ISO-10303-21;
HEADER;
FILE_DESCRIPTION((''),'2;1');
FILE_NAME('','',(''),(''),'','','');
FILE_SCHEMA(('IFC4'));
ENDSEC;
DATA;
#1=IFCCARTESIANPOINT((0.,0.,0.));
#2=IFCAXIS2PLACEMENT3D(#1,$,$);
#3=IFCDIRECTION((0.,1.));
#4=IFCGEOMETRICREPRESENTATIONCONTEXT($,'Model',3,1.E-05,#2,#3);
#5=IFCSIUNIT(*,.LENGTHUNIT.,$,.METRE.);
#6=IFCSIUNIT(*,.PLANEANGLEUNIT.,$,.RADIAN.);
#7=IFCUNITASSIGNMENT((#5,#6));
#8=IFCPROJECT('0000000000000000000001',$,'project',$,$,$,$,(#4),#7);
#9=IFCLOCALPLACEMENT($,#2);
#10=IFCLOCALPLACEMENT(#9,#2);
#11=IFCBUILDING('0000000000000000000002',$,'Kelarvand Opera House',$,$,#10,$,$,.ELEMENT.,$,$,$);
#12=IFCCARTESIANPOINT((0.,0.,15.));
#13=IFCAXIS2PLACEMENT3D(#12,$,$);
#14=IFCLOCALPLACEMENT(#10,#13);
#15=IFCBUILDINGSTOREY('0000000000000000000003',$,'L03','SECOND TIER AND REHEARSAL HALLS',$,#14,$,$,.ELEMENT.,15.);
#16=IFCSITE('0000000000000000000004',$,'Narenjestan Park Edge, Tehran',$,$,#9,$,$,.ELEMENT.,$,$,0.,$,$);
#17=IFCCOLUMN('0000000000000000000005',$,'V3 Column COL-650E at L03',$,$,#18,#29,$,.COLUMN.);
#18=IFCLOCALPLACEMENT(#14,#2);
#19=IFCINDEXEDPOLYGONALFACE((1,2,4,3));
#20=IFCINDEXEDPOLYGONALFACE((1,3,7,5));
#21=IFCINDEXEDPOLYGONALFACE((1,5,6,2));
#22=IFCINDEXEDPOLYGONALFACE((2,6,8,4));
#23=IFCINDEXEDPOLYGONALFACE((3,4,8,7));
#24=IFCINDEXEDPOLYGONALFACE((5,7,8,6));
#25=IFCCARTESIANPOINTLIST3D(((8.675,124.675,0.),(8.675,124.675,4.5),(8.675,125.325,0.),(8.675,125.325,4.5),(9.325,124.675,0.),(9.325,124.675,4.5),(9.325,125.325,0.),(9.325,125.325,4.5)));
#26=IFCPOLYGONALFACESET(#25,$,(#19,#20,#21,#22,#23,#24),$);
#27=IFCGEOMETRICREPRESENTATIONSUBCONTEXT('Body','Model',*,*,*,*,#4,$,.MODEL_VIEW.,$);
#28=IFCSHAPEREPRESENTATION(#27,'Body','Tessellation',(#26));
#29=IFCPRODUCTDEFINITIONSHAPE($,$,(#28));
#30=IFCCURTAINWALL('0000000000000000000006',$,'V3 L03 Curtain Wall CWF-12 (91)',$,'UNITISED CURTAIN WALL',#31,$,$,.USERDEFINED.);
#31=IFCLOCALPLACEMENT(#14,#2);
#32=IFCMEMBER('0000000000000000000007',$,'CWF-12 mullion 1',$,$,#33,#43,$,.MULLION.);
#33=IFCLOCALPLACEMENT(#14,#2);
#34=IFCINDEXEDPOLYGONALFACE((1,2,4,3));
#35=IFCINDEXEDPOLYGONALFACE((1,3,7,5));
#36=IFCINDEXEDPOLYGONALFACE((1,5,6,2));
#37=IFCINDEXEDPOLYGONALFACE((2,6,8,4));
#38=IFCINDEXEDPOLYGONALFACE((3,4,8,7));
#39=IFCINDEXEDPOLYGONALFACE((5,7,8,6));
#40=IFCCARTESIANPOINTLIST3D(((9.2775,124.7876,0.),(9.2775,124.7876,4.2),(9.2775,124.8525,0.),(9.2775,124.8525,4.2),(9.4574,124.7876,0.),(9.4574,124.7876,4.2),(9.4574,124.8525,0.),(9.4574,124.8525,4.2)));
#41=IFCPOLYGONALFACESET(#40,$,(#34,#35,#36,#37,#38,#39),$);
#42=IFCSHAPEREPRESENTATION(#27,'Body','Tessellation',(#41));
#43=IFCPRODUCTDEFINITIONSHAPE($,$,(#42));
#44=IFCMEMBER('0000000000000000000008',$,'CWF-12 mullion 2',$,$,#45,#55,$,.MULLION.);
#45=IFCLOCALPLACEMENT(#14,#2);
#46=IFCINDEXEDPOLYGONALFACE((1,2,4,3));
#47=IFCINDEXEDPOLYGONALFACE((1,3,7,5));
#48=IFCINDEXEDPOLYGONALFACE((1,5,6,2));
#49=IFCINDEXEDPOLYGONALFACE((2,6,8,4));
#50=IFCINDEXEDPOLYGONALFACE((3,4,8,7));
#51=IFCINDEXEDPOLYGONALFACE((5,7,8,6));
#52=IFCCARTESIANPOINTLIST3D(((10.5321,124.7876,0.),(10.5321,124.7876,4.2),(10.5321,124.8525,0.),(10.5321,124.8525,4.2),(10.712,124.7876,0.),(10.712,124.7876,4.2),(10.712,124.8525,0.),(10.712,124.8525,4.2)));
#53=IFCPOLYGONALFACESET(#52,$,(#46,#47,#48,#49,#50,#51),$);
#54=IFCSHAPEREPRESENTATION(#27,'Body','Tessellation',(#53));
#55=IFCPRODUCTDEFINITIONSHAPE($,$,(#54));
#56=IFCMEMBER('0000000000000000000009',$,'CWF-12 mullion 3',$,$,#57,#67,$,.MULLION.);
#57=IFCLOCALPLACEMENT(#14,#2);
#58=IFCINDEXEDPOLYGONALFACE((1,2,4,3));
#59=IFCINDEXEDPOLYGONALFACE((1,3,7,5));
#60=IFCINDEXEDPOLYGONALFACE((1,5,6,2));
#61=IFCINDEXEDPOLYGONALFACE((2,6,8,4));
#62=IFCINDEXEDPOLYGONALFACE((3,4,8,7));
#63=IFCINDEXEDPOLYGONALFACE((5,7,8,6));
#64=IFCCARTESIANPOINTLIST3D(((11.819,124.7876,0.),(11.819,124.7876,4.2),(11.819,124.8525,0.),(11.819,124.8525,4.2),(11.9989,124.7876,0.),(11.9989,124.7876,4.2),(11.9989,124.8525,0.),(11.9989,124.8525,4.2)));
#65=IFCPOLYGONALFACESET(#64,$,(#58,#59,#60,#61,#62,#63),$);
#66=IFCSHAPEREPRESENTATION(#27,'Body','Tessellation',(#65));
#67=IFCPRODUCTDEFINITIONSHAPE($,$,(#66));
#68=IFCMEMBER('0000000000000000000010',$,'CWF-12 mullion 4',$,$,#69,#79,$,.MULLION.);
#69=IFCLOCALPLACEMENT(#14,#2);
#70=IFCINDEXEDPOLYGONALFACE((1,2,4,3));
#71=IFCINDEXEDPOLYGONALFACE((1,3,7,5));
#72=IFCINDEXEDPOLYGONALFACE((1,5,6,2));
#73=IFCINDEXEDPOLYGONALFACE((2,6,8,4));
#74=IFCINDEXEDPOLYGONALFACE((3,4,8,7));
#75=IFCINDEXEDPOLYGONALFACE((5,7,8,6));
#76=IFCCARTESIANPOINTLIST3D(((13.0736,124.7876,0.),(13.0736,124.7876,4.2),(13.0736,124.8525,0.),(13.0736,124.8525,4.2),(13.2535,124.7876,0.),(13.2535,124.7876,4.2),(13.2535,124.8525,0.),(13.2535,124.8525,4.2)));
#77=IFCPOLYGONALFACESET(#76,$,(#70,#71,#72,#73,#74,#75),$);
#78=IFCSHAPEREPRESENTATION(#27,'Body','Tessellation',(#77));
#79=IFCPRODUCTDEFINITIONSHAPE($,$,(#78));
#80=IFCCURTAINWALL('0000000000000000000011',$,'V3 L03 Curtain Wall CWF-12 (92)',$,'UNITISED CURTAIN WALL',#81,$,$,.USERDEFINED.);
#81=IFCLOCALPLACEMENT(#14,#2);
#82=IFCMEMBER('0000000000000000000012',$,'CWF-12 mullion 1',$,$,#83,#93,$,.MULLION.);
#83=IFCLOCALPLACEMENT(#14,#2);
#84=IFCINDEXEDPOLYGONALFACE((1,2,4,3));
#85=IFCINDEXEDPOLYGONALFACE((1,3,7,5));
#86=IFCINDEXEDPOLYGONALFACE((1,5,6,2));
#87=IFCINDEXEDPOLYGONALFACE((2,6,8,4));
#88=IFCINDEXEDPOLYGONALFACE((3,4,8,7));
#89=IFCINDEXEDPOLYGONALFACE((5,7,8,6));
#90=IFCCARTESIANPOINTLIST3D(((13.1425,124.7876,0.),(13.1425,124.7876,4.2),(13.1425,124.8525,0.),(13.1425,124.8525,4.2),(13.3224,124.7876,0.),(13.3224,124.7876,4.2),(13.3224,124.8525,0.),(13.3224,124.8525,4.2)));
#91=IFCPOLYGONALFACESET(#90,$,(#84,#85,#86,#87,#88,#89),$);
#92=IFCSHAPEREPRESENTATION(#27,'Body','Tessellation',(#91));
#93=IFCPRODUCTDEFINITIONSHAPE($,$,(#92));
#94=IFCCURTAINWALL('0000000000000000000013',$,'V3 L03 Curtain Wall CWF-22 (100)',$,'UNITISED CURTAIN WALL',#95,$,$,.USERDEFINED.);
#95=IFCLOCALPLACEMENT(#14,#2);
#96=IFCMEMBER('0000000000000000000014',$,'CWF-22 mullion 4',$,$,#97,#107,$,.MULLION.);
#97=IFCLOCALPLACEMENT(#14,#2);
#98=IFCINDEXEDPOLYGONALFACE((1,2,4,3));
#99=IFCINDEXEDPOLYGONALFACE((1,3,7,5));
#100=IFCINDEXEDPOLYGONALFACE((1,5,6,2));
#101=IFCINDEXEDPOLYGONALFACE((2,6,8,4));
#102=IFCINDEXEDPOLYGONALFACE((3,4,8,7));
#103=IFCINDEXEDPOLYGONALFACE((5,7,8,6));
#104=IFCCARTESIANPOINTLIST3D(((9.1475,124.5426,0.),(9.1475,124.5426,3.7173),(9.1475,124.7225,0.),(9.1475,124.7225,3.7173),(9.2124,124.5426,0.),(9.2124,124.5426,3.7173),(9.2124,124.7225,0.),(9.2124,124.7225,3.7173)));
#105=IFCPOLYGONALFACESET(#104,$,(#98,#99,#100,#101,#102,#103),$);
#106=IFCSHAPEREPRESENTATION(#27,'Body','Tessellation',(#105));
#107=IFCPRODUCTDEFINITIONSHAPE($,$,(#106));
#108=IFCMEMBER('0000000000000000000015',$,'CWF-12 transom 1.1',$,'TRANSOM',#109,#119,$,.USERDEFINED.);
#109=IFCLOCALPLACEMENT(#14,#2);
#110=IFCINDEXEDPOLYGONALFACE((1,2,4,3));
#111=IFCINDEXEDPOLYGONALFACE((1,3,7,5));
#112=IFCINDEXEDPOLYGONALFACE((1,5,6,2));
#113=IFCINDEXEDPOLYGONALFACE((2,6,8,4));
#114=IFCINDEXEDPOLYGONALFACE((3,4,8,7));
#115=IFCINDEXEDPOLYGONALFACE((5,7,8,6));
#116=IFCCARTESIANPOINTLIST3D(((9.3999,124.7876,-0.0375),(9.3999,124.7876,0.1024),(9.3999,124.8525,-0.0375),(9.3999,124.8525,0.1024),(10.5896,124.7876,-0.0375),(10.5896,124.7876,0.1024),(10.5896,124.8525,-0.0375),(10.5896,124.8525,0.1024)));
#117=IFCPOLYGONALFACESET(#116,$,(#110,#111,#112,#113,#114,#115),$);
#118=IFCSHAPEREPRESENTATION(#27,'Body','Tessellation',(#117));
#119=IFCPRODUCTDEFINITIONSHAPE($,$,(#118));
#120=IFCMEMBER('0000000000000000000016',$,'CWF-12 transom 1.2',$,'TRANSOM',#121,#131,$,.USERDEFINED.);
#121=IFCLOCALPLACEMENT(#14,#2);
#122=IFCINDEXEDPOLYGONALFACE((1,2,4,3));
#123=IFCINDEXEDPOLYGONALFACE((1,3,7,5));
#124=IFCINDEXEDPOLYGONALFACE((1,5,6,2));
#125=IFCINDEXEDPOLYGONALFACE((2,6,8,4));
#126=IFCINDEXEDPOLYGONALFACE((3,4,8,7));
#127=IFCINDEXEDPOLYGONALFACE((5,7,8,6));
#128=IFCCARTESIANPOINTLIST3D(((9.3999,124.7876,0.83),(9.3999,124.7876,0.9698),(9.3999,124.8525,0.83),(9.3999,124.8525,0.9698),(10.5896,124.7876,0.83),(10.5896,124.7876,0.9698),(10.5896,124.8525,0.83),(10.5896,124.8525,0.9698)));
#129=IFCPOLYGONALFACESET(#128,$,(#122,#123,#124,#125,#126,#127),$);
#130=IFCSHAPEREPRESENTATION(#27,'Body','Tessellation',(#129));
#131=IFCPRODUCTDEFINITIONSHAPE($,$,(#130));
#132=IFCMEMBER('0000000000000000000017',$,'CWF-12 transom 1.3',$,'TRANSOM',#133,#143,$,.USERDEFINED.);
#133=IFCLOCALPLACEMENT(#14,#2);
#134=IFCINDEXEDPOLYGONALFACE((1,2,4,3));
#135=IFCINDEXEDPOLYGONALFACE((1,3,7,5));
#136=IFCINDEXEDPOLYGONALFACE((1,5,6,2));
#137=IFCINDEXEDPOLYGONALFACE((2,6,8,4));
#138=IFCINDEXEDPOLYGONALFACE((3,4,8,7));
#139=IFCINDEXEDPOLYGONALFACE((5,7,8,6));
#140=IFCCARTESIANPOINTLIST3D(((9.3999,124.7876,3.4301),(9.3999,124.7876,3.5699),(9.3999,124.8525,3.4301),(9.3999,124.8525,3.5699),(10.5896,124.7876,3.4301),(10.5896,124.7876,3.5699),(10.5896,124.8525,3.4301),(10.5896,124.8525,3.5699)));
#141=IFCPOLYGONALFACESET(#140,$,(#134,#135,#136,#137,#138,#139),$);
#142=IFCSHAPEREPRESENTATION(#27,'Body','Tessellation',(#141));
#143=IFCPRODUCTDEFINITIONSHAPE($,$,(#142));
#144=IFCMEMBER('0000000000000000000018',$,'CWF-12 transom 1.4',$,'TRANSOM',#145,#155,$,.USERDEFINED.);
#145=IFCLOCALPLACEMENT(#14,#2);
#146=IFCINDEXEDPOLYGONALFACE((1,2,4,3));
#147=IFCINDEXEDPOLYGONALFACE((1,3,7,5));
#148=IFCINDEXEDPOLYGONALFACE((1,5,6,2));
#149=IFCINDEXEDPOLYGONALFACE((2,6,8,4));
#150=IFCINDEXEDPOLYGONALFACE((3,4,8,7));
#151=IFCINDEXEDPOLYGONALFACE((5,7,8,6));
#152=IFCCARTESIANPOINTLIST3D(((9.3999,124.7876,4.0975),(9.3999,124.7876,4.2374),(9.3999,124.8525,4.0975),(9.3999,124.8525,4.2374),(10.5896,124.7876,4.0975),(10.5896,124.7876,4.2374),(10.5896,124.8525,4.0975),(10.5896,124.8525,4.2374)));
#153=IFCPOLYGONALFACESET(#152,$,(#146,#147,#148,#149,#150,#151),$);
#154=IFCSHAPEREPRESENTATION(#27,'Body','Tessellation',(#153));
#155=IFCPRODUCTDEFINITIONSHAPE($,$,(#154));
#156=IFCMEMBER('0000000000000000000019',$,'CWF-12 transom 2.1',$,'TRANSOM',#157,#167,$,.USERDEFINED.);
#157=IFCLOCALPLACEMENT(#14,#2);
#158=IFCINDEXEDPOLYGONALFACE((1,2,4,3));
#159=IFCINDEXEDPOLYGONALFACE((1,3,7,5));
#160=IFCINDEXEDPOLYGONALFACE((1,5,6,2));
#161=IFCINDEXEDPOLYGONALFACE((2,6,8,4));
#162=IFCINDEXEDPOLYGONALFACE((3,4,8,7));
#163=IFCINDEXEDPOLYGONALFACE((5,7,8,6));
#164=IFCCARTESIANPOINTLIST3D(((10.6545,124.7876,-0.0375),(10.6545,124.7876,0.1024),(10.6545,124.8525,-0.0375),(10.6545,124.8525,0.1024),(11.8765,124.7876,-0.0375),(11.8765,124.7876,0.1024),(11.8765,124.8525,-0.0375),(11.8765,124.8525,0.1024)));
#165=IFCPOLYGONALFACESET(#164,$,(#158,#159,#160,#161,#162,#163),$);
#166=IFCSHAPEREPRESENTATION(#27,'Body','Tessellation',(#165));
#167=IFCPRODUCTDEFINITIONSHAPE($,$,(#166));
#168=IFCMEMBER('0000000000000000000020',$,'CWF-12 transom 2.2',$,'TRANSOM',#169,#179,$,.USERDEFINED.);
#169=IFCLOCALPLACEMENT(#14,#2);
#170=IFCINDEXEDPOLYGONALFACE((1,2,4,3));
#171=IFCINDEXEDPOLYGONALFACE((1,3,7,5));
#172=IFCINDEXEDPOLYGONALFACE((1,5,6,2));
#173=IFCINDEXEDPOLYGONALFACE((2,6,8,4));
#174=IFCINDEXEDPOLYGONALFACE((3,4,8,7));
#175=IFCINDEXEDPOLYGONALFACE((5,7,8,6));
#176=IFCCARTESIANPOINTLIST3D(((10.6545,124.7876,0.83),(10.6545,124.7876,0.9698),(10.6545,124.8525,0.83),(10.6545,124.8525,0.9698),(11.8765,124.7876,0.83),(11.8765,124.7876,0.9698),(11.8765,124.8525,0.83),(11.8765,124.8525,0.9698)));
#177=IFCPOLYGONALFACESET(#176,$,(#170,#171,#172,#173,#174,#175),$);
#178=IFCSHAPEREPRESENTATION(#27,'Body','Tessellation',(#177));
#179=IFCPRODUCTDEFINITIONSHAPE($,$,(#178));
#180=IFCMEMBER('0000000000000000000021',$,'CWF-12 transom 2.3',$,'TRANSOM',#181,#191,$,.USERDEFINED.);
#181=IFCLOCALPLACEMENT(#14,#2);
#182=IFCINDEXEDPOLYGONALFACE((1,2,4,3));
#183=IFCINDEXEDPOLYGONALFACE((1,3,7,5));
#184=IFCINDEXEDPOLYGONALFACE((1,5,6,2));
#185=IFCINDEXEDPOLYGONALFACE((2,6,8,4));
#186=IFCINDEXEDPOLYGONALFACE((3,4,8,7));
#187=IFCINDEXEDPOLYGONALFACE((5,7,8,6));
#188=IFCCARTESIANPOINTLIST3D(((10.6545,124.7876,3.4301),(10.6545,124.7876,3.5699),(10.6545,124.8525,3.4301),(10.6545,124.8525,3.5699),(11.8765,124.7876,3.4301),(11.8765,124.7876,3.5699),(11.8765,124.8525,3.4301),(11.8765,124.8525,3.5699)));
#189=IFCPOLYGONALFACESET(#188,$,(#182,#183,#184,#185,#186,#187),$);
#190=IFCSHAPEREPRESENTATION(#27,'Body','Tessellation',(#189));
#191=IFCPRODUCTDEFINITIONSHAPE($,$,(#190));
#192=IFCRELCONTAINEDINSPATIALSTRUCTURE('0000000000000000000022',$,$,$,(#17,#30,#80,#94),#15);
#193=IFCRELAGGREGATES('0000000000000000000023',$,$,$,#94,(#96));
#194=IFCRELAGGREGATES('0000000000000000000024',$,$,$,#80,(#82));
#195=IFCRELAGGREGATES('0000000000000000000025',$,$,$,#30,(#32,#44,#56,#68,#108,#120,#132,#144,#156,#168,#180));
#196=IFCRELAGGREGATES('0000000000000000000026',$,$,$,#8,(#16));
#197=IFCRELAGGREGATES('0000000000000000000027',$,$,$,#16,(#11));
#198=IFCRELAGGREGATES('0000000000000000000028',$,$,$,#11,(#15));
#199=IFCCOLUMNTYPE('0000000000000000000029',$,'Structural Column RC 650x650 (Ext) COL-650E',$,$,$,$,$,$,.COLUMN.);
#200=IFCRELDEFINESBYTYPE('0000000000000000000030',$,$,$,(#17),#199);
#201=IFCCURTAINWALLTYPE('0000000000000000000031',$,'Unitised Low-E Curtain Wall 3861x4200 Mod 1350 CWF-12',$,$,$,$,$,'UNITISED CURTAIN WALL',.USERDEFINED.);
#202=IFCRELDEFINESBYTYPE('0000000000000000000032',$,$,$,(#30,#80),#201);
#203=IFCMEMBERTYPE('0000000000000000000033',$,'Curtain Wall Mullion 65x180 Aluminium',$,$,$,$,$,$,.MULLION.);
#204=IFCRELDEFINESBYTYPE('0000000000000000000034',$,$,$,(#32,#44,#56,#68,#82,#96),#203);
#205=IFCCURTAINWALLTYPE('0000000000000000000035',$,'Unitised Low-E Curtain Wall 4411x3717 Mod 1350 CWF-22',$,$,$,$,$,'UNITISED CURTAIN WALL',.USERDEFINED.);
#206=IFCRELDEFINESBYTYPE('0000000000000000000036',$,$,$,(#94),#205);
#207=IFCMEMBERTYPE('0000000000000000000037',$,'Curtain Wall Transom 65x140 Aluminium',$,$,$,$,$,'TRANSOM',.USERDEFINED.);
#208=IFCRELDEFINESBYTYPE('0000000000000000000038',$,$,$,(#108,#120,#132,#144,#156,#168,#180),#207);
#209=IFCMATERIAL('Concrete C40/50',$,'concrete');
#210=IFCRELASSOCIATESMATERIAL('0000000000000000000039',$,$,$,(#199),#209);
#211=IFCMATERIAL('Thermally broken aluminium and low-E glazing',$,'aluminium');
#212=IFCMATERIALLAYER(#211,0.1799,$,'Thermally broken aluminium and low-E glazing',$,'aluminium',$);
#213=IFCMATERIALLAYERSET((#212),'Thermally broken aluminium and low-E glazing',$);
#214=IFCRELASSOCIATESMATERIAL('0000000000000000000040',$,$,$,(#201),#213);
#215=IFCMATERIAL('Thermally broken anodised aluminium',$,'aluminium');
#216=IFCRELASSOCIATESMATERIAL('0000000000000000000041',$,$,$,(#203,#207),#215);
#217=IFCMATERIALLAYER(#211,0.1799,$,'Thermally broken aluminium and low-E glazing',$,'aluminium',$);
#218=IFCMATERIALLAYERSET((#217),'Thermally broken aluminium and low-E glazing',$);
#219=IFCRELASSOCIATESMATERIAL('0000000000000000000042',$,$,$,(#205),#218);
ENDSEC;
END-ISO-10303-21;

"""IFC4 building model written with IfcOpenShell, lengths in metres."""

from ifc_helpers import new_model, si_unit, direction, frame, origin, origin_2d, place, context, subcontext, project, spatial, rectangle, extrude, material, layer, layer_set, material_profile, profile_set, type_object, element, aggregate, save


model = new_model("IFC4")

# Units and contexts
model_context = context("Model", 3, precision=1e-05, world=origin(), true_north=direction((0.0, 1.0)))
body_context = subcontext(model_context, "Body", "Model", "MODEL_VIEW")
ifc_project = project(units=[si_unit("LENGTHUNIT", "METRE"), si_unit("PLANEANGLEUNIT", "RADIAN")], contexts=[model_context])

# Site, building, storey
site_placement = place(None, origin())
site = spatial("IfcSite", under=ifc_project, at=site_placement, Name="Narenjestan Park Edge, Tehran", CompositionType="ELEMENT", RefElevation=0.0)
building_placement = place(site_placement, origin())
building = spatial("IfcBuilding", under=site, at=building_placement, Name="Kelarvand Opera House", CompositionType="ELEMENT")
storey_placement = place(building_placement, frame((0.0, 0.0, 15.0)))
storey = spatial("IfcBuildingStorey", under=building, at=storey_placement, Name="L03", Description="SECOND TIER AND REHEARSAL HALLS", CompositionType="ELEMENT", Elevation=15.0)

# Column
ifc_material_1 = material(Name="Concrete C40/50", Category="concrete")
ifc_material_profile_1 = material_profile(ifc_material_1, rectangle(XDim=0.6499, YDim=0.6499, at=origin_2d()), Name="RC 650x650", Category="concrete")
ifc_profile_set_1 = profile_set([ifc_material_profile_1], Name="Concrete C40/50")
column_type = type_object("IfcColumnType", Name="Structural Column RC 650x650 (Ext) COL-650E", PredefinedType="COLUMN", material=ifc_profile_set_1)
column_placement = place(storey_placement, frame((9.0, 125.0, 0.0), z_axis=(0.0, 0.0, 1.0), x_axis=(1.0, 0.0, 0.0)))
element("IfcColumn", 1, at=column_placement, inside=storey, type_object=column_type, Name="V3 Column COL-650E at L03", PredefinedType="COLUMN", context=body_context, shape_type="SweptSolid", body=[
    extrude(rectangle(XDim=0.6499, YDim=0.6499, at=origin_2d()), origin(), (0.0, 0.0, 1.0), 4.5),
])

# Curtain wall, members
ifc_material_2 = material(Name="Thermally broken aluminium and low-E glazing", Category="aluminium")
ifc_layer_1 = layer(ifc_material_2, 0.1799, Name="Thermally broken aluminium and low-E glazing", Category="aluminium")
ifc_layer_set_1 = layer_set([ifc_layer_1], Name="Thermally broken aluminium and low-E glazing")
curtain_wall_type_1 = type_object("IfcCurtainWallType", Name="Unitised Low-E Curtain Wall 3861x4200 Mod 1350 CWF-12", ElementType="UNITISED CURTAIN WALL", PredefinedType="USERDEFINED", material=ifc_layer_set_1)
curtain_wall_1_placement = place(storey_placement, origin())
curtain_wall_1 = element("IfcCurtainWall", 2, at=curtain_wall_1_placement, inside=storey, type_object=curtain_wall_type_1, Name="V3 L03 Curtain Wall CWF-12 (91)", ObjectType="UNITISED CURTAIN WALL", PredefinedType="USERDEFINED")
ifc_material_3 = material(Name="Thermally broken anodised aluminium", Category="aluminium")
ifc_material_profile_2 = material_profile(ifc_material_3, rectangle(XDim=0.0649, YDim=0.1799, at=origin_2d()), Name="ALU MULLION 65x180", Category="aluminium")
ifc_profile_set_2 = profile_set([ifc_material_profile_2], Name="Thermally broken anodised aluminium")
member_type_1 = type_object("IfcMemberType", Name="Curtain Wall Mullion 65x180 Aluminium", PredefinedType="MULLION", material=ifc_profile_set_2)
member_1_placement = place(storey_placement, frame((9.3674, 124.8201, 0.0), z_axis=(0.0, 0.0, 1.0), x_axis=(0.0, 1.0, 0.0)))
member_1 = element("IfcMember", 3, at=member_1_placement, type_object=member_type_1, Name="CWF-12 mullion 1", PredefinedType="MULLION", context=body_context, shape_type="SweptSolid", body=[
    extrude(rectangle(XDim=0.0649, YDim=0.1799, at=origin_2d()), origin(), (0.0, 0.0, 1.0), 4.2),
])
member_2_placement = place(storey_placement, frame((10.6221, 124.8201, 0.0), z_axis=(0.0, 0.0, 1.0), x_axis=(0.0, 1.0, 0.0)))
member_2 = element("IfcMember", 4, at=member_2_placement, type_object=member_type_1, Name="CWF-12 mullion 2", PredefinedType="MULLION", context=body_context, shape_type="SweptSolid", body=[
    extrude(rectangle(XDim=0.0649, YDim=0.1799, at=origin_2d()), origin(), (0.0, 0.0, 1.0), 4.2),
])
member_3_placement = place(storey_placement, frame((11.9089, 124.8201, 0.0), z_axis=(0.0, 0.0, 1.0), x_axis=(0.0, 1.0, 0.0)))
member_3 = element("IfcMember", 5, at=member_3_placement, type_object=member_type_1, Name="CWF-12 mullion 3", PredefinedType="MULLION", context=body_context, shape_type="SweptSolid", body=[
    extrude(rectangle(XDim=0.0649, YDim=0.1799, at=origin_2d()), origin(), (0.0, 0.0, 1.0), 4.2),
])
member_4_placement = place(storey_placement, frame((13.1636, 124.8201, 0.0), z_axis=(0.0, 0.0, 1.0), x_axis=(0.0, 1.0, 0.0)))
member_4 = element("IfcMember", 6, at=member_4_placement, type_object=member_type_1, Name="CWF-12 mullion 4", PredefinedType="MULLION", context=body_context, shape_type="SweptSolid", body=[
    extrude(rectangle(XDim=0.0649, YDim=0.1799, at=origin_2d()), origin(), (0.0, 0.0, 1.0), 4.2),
])

# Curtain walls, members
curtain_wall_2_placement = place(storey_placement, origin())
curtain_wall_2 = element("IfcCurtainWall", 7, at=curtain_wall_2_placement, inside=storey, type_object=curtain_wall_type_1, Name="V3 L03 Curtain Wall CWF-12 (92)", ObjectType="UNITISED CURTAIN WALL", PredefinedType="USERDEFINED")
member_5_placement = place(storey_placement, frame((13.2324, 124.8201, 0.0), z_axis=(0.0, 0.0, 1.0), x_axis=(0.0, 1.0, 0.0)))
member_5 = element("IfcMember", 8, at=member_5_placement, type_object=member_type_1, Name="CWF-12 mullion 1", PredefinedType="MULLION", context=body_context, shape_type="SweptSolid", body=[
    extrude(rectangle(XDim=0.0649, YDim=0.1799, at=origin_2d()), origin(), (0.0, 0.0, 1.0), 4.2),
])
ifc_layer_2 = layer(ifc_material_2, 0.1799, Name="Thermally broken aluminium and low-E glazing", Category="aluminium")
ifc_layer_set_2 = layer_set([ifc_layer_2], Name="Thermally broken aluminium and low-E glazing")
curtain_wall_type_2 = type_object("IfcCurtainWallType", Name="Unitised Low-E Curtain Wall 4411x3717 Mod 1350 CWF-22", ElementType="UNITISED CURTAIN WALL", PredefinedType="USERDEFINED", material=ifc_layer_set_2)
curtain_wall_3_placement = place(storey_placement, origin())
curtain_wall_3 = element("IfcCurtainWall", 9, at=curtain_wall_3_placement, inside=storey, type_object=curtain_wall_type_2, Name="V3 L03 Curtain Wall CWF-22 (100)", ObjectType="UNITISED CURTAIN WALL", PredefinedType="USERDEFINED")
member_6_placement = place(storey_placement, frame((9.1799, 124.6326, 0.0), z_axis=(0.0, 0.0, 1.0), x_axis=(-1.0, 0.0, 0.0)))
member_6 = element("IfcMember", 10, at=member_6_placement, type_object=member_type_1, Name="CWF-22 mullion 4", PredefinedType="MULLION", context=body_context, shape_type="SweptSolid", body=[
    extrude(rectangle(XDim=0.0649, YDim=0.1799, at=origin_2d()), origin(), (0.0, 0.0, 1.0), 3.7173),
])
aggregate(curtain_wall_3, [member_6])

# Members
ifc_material_profile_3 = material_profile(ifc_material_3, rectangle(XDim=0.0649, YDim=0.1399, at=origin_2d()), Name="ALU TRANSOM 65x140", Category="aluminium")
ifc_profile_set_3 = profile_set([ifc_material_profile_3], Name="Thermally broken anodised aluminium")
member_type_2 = type_object("IfcMemberType", Name="Curtain Wall Transom 65x140 Aluminium", ElementType="TRANSOM", PredefinedType="USERDEFINED", material=ifc_profile_set_3)
member_7_placement = place(storey_placement, frame((9.3999, 124.8201, 0.0325), z_axis=(1.0, 0.0, 0.0), x_axis=(0.0, 1.0, 0.0)))
member_7 = element("IfcMember", 11, at=member_7_placement, type_object=member_type_2, Name="CWF-12 transom 1.1", ObjectType="TRANSOM", PredefinedType="USERDEFINED", context=body_context, shape_type="SweptSolid", body=[
    extrude(rectangle(XDim=0.0649, YDim=0.1399, at=origin_2d()), origin(), (0.0, 0.0, 1.0), 1.1897),
])
member_8_placement = place(storey_placement, frame((9.3999, 124.8201, 0.8999), z_axis=(1.0, 0.0, 0.0), x_axis=(0.0, 1.0, 0.0)))
member_8 = element("IfcMember", 12, at=member_8_placement, type_object=member_type_2, Name="CWF-12 transom 1.2", ObjectType="TRANSOM", PredefinedType="USERDEFINED", context=body_context, shape_type="SweptSolid", body=[
    extrude(rectangle(XDim=0.0649, YDim=0.1399, at=origin_2d()), origin(), (0.0, 0.0, 1.0), 1.1897),
])
member_9_placement = place(storey_placement, frame((9.3999, 124.8201, 3.5), z_axis=(1.0, 0.0, 0.0), x_axis=(0.0, 1.0, 0.0)))
member_9 = element("IfcMember", 13, at=member_9_placement, type_object=member_type_2, Name="CWF-12 transom 1.3", ObjectType="TRANSOM", PredefinedType="USERDEFINED", context=body_context, shape_type="SweptSolid", body=[
    extrude(rectangle(XDim=0.0649, YDim=0.1399, at=origin_2d()), origin(), (0.0, 0.0, 1.0), 1.1897),
])
member_10_placement = place(storey_placement, frame((9.3999, 124.8201, 4.1675), z_axis=(1.0, 0.0, 0.0), x_axis=(0.0, 1.0, 0.0)))
member_10 = element("IfcMember", 14, at=member_10_placement, type_object=member_type_2, Name="CWF-12 transom 1.4", ObjectType="TRANSOM", PredefinedType="USERDEFINED", context=body_context, shape_type="SweptSolid", body=[
    extrude(rectangle(XDim=0.0649, YDim=0.1399, at=origin_2d()), origin(), (0.0, 0.0, 1.0), 1.1897),
])
member_11_placement = place(storey_placement, frame((10.6545, 124.8201, 0.0325), z_axis=(1.0, 0.0, 0.0), x_axis=(0.0, 1.0, 0.0)))
member_11 = element("IfcMember", 15, at=member_11_placement, type_object=member_type_2, Name="CWF-12 transom 2.1", ObjectType="TRANSOM", PredefinedType="USERDEFINED", context=body_context, shape_type="SweptSolid", body=[
    extrude(rectangle(XDim=0.0649, YDim=0.1399, at=origin_2d()), origin(), (0.0, 0.0, 1.0), 1.2219),
])
member_12_placement = place(storey_placement, frame((10.6545, 124.8201, 0.8999), z_axis=(1.0, 0.0, 0.0), x_axis=(0.0, 1.0, 0.0)))
member_12 = element("IfcMember", 16, at=member_12_placement, type_object=member_type_2, Name="CWF-12 transom 2.2", ObjectType="TRANSOM", PredefinedType="USERDEFINED", context=body_context, shape_type="SweptSolid", body=[
    extrude(rectangle(XDim=0.0649, YDim=0.1399, at=origin_2d()), origin(), (0.0, 0.0, 1.0), 1.2219),
])
member_13_placement = place(storey_placement, frame((10.6545, 124.8201, 3.5), z_axis=(1.0, 0.0, 0.0), x_axis=(0.0, 1.0, 0.0)))
member_13 = element("IfcMember", 17, at=member_13_placement, type_object=member_type_2, Name="CWF-12 transom 2.3", ObjectType="TRANSOM", PredefinedType="USERDEFINED", context=body_context, shape_type="SweptSolid", body=[
    extrude(rectangle(XDim=0.0649, YDim=0.1399, at=origin_2d()), origin(), (0.0, 0.0, 1.0), 1.2219),
])
aggregate(curtain_wall_2, [member_5])

aggregate(curtain_wall_1, [member_1, member_2, member_3, member_4, member_7, member_8, member_9, member_10, member_11, member_12, member_13])

save(model, "model.ifc")
